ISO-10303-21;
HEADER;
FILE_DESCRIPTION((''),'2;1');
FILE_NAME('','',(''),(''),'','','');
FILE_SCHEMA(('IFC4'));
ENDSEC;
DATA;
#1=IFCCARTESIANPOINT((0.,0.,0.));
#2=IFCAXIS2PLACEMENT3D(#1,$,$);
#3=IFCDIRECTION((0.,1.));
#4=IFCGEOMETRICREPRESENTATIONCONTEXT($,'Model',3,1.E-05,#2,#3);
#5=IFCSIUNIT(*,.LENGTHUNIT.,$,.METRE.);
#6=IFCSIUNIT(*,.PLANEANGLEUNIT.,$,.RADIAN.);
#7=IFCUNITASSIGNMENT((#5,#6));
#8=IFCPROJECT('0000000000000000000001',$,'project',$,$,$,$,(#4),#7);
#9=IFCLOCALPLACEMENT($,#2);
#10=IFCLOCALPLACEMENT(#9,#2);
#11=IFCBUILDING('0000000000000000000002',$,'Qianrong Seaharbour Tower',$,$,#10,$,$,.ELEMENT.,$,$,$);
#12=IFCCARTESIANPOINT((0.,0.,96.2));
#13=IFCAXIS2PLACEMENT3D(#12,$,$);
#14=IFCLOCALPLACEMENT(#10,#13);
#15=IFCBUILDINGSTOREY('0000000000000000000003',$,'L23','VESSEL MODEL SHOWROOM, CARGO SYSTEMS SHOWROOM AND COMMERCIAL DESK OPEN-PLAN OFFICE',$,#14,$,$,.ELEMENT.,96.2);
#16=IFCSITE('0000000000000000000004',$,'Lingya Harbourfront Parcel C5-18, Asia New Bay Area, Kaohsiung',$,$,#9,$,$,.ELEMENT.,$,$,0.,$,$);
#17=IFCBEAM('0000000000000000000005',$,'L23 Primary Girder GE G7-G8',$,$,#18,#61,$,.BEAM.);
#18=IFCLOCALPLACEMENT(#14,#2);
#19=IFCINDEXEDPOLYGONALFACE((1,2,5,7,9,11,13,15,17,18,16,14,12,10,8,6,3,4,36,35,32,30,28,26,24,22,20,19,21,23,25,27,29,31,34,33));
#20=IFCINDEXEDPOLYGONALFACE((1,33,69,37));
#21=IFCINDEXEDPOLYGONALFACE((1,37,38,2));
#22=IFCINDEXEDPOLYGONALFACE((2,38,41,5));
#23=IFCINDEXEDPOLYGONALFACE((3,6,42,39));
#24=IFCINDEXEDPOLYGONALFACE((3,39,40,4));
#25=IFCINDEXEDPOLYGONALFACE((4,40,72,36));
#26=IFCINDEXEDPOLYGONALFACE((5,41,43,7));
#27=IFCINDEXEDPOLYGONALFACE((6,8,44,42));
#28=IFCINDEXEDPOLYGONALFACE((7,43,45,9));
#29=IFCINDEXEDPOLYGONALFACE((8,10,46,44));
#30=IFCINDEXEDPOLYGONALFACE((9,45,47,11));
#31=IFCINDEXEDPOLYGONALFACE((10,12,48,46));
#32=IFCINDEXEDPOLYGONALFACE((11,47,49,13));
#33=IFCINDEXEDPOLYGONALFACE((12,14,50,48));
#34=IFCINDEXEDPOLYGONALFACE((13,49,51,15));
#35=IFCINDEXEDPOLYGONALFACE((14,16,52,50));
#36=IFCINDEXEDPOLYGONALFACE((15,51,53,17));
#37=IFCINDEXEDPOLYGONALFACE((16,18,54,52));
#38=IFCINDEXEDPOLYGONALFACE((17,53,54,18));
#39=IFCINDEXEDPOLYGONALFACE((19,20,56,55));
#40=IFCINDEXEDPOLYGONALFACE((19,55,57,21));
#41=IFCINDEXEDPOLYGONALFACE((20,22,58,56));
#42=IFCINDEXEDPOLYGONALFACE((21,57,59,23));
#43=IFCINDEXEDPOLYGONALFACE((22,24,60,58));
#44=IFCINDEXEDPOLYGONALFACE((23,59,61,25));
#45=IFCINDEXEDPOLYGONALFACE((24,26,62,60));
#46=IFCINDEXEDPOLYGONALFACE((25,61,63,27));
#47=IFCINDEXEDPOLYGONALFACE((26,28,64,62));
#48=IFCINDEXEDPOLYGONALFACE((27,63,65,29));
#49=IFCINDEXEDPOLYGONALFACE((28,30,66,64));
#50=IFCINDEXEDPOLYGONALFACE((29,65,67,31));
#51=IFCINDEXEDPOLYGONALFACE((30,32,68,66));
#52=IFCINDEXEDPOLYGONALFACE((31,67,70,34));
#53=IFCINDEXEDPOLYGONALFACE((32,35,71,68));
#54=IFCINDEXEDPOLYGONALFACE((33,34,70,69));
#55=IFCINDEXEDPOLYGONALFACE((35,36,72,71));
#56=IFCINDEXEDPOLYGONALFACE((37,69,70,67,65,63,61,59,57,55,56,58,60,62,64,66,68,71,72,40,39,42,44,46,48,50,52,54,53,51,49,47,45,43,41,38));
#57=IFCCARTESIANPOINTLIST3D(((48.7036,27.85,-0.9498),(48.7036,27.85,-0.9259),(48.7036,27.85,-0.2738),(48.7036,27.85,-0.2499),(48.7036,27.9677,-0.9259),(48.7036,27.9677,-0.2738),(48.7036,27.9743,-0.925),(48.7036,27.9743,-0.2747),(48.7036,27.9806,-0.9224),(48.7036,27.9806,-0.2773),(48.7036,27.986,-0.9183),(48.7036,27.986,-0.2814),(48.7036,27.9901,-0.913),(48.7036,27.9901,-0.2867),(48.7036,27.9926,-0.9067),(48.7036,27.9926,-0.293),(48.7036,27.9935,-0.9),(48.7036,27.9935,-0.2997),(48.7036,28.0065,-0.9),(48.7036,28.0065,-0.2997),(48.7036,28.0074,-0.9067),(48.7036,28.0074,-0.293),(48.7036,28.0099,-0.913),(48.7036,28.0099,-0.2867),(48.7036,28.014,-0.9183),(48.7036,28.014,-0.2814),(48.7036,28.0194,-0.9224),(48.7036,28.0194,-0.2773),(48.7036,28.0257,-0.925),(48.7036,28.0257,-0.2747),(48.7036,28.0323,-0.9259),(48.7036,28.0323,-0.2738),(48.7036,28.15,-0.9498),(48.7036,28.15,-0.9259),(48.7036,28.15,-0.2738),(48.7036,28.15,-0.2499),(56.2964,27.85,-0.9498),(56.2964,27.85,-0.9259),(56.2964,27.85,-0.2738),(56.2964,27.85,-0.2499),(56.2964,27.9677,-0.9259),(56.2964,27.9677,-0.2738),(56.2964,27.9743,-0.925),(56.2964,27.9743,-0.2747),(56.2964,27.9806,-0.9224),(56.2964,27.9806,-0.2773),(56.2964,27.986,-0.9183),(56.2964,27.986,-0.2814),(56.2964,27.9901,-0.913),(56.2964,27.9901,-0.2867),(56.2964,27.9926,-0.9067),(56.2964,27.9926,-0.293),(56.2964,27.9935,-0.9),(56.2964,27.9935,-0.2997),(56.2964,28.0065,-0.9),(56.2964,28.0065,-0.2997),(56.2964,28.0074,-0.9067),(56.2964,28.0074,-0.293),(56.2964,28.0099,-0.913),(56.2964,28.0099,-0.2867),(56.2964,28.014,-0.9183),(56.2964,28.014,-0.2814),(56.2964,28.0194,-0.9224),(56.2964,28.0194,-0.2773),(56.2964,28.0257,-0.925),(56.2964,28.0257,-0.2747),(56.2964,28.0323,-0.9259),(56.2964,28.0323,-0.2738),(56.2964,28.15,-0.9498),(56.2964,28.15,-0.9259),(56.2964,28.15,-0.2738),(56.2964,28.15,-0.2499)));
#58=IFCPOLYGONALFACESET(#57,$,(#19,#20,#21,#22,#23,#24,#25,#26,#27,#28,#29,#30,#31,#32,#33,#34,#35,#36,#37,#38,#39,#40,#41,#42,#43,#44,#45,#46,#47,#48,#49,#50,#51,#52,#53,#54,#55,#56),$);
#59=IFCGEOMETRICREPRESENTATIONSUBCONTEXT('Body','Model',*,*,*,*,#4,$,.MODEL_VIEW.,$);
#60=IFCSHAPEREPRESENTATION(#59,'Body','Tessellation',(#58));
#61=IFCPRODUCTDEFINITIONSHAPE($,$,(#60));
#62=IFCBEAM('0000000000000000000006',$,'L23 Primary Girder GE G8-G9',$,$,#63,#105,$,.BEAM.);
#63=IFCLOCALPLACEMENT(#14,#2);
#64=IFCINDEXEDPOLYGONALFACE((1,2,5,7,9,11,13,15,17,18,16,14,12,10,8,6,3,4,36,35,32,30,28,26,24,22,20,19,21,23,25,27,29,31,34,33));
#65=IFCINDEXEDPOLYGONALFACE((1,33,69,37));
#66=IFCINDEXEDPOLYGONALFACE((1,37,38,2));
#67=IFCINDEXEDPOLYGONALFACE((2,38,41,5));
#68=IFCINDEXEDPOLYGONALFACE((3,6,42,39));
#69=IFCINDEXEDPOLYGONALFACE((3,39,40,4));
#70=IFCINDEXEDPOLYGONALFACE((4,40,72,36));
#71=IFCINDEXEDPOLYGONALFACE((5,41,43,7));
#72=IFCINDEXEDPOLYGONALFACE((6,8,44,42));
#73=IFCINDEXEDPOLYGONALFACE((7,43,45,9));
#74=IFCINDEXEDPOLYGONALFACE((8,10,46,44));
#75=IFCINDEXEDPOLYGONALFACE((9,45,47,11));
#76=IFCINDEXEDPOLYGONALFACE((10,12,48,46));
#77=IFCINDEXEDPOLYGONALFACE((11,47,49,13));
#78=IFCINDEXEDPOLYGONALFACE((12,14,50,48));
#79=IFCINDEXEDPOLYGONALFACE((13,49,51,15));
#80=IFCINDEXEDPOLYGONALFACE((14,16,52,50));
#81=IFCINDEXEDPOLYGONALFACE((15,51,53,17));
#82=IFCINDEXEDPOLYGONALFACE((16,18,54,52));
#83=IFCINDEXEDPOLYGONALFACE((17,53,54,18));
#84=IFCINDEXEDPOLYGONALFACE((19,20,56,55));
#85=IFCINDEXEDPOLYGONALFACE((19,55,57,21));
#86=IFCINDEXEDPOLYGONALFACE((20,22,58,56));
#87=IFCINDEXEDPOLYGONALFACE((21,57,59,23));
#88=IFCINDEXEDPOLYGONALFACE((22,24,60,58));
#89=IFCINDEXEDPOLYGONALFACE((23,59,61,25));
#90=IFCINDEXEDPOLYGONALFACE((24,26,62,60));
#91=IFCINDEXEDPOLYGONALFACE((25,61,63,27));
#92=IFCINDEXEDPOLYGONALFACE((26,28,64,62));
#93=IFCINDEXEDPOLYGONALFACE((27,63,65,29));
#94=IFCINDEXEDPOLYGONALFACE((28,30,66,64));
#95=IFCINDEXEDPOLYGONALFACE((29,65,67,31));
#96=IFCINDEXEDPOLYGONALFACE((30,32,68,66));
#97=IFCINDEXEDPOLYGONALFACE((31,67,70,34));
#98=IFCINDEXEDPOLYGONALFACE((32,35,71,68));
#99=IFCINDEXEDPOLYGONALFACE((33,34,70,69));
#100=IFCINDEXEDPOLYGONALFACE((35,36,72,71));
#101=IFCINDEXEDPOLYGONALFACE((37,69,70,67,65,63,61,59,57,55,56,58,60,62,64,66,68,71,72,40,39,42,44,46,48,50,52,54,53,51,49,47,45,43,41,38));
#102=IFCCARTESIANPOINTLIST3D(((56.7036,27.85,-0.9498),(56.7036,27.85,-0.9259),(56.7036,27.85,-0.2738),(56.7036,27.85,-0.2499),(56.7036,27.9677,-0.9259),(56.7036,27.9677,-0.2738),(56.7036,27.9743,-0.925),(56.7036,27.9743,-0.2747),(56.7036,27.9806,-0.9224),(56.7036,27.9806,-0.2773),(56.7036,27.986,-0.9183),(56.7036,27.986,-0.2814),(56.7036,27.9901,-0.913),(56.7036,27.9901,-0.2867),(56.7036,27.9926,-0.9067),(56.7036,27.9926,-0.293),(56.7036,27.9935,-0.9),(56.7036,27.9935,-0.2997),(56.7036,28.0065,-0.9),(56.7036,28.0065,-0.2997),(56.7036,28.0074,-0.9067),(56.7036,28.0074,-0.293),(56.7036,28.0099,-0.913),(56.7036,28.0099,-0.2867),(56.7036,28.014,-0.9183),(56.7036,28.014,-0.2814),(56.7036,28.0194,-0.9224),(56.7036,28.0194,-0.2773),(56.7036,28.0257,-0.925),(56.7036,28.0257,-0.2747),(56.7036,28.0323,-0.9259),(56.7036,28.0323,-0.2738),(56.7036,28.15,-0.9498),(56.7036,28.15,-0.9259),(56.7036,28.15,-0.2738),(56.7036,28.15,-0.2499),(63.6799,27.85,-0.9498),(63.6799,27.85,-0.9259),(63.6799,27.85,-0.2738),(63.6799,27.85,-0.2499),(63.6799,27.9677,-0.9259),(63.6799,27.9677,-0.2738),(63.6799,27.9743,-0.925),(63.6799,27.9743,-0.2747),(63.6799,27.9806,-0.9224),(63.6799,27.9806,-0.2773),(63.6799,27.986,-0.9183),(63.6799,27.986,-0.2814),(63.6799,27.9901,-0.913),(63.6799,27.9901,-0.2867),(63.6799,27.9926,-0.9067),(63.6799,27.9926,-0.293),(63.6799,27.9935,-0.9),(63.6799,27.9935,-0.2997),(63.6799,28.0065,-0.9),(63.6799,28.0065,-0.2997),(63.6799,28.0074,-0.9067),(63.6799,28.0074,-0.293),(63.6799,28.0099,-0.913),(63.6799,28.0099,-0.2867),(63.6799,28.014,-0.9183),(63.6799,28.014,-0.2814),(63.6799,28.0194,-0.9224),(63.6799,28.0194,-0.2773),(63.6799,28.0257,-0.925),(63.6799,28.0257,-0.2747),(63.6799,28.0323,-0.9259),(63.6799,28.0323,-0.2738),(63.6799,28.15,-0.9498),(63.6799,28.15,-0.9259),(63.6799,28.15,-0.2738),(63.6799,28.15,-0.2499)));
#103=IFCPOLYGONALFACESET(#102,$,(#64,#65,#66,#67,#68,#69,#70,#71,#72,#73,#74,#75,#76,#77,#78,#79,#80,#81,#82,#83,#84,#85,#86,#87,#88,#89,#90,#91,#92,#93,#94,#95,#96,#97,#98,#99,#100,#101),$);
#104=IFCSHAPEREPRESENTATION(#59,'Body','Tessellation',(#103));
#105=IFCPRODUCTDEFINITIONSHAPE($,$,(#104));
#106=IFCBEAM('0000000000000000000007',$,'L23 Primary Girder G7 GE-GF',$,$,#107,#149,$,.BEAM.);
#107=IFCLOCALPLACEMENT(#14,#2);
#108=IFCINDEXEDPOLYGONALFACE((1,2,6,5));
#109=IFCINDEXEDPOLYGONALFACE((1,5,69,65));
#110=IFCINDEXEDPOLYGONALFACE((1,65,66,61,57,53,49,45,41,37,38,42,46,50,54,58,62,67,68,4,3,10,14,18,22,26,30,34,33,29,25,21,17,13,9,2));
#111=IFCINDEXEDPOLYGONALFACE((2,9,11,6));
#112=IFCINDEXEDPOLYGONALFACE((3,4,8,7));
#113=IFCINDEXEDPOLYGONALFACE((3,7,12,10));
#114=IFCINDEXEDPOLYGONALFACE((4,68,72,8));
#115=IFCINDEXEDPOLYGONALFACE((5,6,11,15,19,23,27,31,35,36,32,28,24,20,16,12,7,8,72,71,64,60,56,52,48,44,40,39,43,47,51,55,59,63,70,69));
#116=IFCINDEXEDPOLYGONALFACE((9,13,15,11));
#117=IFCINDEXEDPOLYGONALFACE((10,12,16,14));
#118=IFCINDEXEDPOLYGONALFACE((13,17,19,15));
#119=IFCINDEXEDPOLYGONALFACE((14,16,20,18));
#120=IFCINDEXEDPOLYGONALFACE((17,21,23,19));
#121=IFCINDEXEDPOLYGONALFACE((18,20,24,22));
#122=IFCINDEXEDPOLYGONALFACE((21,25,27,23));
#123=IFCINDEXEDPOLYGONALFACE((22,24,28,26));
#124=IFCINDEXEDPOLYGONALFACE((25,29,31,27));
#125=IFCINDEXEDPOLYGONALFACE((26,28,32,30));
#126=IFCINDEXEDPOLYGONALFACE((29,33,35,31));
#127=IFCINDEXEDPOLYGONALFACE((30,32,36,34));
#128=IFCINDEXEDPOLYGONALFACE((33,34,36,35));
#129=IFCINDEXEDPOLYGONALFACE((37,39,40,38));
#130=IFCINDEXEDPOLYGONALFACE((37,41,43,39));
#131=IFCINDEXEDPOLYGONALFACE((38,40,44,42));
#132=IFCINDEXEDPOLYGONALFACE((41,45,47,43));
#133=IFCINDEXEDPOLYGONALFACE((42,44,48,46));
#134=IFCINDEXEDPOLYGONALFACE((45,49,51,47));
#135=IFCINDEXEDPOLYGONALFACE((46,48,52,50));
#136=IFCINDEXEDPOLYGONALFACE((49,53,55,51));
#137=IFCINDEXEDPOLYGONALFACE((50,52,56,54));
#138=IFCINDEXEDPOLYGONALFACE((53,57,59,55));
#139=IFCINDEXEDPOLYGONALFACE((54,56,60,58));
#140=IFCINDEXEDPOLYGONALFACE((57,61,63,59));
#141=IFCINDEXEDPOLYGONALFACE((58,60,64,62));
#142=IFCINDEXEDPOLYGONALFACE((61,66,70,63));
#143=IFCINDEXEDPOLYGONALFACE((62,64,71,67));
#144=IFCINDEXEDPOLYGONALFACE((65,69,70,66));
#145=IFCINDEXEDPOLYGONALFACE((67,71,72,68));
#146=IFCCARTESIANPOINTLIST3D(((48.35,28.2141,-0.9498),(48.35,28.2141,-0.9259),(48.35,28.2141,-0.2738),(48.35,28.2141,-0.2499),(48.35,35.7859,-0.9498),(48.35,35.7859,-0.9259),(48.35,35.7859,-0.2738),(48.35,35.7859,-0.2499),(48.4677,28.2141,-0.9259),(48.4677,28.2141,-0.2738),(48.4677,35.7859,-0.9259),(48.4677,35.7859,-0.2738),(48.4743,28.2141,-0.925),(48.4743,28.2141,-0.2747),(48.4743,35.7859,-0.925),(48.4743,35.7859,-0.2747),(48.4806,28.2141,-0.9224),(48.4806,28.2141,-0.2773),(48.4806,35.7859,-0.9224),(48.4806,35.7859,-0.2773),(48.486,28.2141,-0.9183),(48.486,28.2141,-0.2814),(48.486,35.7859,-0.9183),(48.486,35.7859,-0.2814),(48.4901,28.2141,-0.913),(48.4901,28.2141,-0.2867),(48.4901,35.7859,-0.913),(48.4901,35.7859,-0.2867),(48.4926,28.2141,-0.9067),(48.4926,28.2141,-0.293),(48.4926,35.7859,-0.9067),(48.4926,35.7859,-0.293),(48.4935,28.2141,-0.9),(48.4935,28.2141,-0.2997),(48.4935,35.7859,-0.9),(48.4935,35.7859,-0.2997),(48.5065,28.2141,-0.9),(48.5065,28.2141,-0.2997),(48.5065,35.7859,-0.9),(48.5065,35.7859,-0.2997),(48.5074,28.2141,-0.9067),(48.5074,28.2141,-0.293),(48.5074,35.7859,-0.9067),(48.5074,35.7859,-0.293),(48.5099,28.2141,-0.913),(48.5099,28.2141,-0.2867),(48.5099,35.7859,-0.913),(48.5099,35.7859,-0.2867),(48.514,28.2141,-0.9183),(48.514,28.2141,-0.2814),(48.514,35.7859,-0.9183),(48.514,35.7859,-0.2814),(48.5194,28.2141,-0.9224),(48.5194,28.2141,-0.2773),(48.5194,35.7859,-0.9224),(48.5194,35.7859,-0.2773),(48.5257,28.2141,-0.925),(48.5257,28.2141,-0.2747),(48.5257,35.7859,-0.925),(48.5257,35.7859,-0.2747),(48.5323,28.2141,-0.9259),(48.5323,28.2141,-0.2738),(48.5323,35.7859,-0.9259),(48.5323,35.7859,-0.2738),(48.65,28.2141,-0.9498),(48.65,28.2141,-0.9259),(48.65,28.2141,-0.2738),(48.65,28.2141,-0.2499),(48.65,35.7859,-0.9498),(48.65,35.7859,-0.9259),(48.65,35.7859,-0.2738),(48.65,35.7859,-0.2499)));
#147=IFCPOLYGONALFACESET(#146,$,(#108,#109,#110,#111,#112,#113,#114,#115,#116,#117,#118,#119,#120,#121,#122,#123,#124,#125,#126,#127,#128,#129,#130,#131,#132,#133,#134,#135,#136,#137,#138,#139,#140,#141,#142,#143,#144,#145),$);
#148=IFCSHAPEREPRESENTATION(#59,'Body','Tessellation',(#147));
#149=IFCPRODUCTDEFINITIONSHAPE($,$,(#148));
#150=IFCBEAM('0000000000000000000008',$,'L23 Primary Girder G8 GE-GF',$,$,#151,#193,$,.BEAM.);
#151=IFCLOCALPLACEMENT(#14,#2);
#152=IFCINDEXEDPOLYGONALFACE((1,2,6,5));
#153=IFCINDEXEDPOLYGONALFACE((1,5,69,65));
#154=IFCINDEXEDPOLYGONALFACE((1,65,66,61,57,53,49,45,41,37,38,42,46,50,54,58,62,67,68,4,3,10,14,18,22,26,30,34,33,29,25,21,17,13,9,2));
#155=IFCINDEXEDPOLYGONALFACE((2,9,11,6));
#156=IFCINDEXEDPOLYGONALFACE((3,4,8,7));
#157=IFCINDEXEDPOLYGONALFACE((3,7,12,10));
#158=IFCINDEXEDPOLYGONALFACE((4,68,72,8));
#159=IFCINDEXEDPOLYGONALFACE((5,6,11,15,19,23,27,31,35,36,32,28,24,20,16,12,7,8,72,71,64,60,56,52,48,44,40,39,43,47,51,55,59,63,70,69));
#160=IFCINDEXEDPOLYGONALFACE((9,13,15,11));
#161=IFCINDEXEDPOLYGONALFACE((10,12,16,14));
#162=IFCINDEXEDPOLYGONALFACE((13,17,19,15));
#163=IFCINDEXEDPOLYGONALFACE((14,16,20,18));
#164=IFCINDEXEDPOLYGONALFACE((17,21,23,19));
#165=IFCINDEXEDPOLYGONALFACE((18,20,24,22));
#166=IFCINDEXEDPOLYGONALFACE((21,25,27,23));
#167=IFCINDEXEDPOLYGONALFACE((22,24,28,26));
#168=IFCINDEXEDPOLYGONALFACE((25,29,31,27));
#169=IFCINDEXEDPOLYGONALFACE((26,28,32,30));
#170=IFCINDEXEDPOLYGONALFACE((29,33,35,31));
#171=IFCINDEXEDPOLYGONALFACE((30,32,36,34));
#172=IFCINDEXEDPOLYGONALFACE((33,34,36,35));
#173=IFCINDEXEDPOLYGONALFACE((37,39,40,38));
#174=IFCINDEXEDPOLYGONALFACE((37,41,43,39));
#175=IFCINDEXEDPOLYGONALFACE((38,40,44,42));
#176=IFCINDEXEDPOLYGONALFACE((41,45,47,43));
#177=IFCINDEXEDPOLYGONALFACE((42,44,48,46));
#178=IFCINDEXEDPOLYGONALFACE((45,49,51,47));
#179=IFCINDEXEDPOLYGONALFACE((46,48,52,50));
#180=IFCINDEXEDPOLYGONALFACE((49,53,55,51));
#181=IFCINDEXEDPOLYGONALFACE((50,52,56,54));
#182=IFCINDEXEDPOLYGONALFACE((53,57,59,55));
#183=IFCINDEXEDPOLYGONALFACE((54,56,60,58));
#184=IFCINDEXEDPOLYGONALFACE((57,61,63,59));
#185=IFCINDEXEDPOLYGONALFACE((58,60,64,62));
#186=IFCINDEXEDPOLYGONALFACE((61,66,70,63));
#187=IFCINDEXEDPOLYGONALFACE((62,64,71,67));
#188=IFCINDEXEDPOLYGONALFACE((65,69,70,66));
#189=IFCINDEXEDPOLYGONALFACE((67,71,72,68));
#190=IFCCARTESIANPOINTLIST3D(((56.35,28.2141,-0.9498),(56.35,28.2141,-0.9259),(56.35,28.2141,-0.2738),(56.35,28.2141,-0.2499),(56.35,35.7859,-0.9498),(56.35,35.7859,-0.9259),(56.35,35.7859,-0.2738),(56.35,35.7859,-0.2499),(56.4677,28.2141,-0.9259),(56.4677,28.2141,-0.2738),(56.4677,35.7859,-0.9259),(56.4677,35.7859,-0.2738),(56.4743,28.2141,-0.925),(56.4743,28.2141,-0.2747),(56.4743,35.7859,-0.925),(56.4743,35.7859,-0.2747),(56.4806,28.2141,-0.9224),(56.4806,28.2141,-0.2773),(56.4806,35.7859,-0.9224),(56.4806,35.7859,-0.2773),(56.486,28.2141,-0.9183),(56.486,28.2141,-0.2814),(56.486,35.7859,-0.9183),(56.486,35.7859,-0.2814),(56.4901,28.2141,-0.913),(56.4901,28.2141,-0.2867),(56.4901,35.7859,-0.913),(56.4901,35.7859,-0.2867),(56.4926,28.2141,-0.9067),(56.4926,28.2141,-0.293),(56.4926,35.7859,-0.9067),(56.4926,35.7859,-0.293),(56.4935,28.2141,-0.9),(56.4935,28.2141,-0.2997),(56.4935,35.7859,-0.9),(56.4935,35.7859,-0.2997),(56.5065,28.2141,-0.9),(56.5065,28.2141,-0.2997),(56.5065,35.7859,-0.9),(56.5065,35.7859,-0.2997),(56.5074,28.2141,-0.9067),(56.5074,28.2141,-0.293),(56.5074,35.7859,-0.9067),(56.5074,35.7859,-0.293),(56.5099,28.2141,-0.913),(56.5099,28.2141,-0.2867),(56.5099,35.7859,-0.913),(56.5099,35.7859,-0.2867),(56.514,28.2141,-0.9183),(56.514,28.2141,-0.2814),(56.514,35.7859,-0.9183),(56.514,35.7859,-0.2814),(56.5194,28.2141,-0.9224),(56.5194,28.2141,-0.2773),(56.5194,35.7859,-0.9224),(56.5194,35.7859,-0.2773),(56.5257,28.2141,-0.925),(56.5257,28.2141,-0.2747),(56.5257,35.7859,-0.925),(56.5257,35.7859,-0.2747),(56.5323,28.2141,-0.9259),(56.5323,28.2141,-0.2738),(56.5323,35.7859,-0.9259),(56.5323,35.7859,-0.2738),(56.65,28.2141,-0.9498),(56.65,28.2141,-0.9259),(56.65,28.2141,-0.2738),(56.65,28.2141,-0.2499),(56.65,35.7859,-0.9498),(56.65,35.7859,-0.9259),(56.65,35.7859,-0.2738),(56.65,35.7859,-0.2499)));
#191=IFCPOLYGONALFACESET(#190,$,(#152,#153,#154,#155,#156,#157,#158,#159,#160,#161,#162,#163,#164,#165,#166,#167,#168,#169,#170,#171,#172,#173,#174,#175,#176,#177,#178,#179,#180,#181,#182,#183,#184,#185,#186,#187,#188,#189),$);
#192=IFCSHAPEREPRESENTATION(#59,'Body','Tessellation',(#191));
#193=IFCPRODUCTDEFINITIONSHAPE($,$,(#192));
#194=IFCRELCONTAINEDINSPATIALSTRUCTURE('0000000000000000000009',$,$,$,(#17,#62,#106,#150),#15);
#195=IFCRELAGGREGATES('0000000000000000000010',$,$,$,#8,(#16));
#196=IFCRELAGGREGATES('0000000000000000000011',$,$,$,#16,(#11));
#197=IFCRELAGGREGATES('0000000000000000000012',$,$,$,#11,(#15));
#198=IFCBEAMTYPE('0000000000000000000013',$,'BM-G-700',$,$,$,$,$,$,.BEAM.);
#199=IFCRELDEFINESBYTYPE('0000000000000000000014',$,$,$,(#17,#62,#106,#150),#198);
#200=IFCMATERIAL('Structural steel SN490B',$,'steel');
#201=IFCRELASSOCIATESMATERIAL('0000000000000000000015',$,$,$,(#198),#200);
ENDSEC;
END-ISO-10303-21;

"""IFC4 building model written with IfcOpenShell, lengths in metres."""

from ifc_helpers import new_model, si_unit, direction, frame, origin, origin_2d, place, context, subcontext, project, spatial, i_section, extrude, material, material_profile, profile_set, type_object, element, save


model = new_model("IFC4")

# Units and contexts
model_context = context("Model", 3, precision=1e-05, world=origin(), true_north=direction((0.0, 1.0)))
body_context = subcontext(model_context, "Body", "Model", "MODEL_VIEW")
ifc_project = project(units=[si_unit("LENGTHUNIT", "METRE"), si_unit("PLANEANGLEUNIT", "RADIAN")], contexts=[model_context])

# Site, building, storey
site_placement = place(None, origin())
site = spatial("IfcSite", under=ifc_project, at=site_placement, Name="Lingya Harbourfront Parcel C5-18, Asia New Bay Area, Kaohsiung", CompositionType="ELEMENT", RefElevation=0.0)
building_placement = place(site_placement, origin())
building = spatial("IfcBuilding", under=site, at=building_placement, Name="Qianrong Seaharbour Tower", CompositionType="ELEMENT")
storey_placement = place(building_placement, frame((0.0, 0.0, 96.2)))
storey = spatial("IfcBuildingStorey", under=building, at=storey_placement, Name="L23", Description="VESSEL MODEL SHOWROOM, CARGO SYSTEMS SHOWROOM AND COMMERCIAL DESK OPEN-PLAN OFFICE", CompositionType="ELEMENT", Elevation=96.2)

# Shared definitions
ifc_material_1 = material(Name="Structural steel SN490B", Category="steel")

# Beams
ifc_material_profile_1 = material_profile(ifc_material_1, i_section(OverallWidth=0.3, OverallDepth=0.7, WebThickness=0.0129, FlangeThickness=0.0239, FilletRadius=0.0259, at=origin_2d()), Name="H700x300x13x24")
ifc_profile_set_1 = profile_set([ifc_material_profile_1], Name="Structural steel SN490B")
beam_type_1 = type_object("IfcBeamType", Name="BM-G-700", PredefinedType="BEAM", material=ifc_profile_set_1)
beam_1_placement = place(storey_placement, frame((48.7036, 28.0, -0.5999), z_axis=(1.0, 0.0, 0.0), x_axis=(0.0, 1.0, 0.0)))
element("IfcBeam", 1, at=beam_1_placement, inside=storey, type_object=beam_type_1, Name="L23 Primary Girder GE G7-G8", PredefinedType="BEAM", context=body_context, shape_type="SweptSolid", body=[
    extrude(i_section(OverallWidth=0.3, OverallDepth=0.7, WebThickness=0.0129, FlangeThickness=0.0239, FilletRadius=0.0259, at=origin_2d()), origin(), (0.0, 0.0, 1.0), 7.5928),
])
beam_2_placement = place(storey_placement, frame((56.7036, 28.0, -0.5999), z_axis=(1.0, 0.0, 0.0), x_axis=(0.0, 1.0, 0.0)))
element("IfcBeam", 2, at=beam_2_placement, inside=storey, type_object=beam_type_1, Name="L23 Primary Girder GE G8-G9", PredefinedType="BEAM", context=body_context, shape_type="SweptSolid", body=[
    extrude(i_section(OverallWidth=0.3, OverallDepth=0.7, WebThickness=0.0129, FlangeThickness=0.0239, FilletRadius=0.0259, at=origin_2d()), origin(), (0.0, 0.0, 1.0), 6.9763),
])
for number, where, z_axis, x_axis, name in (
    (3, (48.5, 28.2141, -0.5999), (0.0, 1.0, 0.0), (-1.0, 0.0, 0.0), "L23 Primary Girder G7 GE-GF"),
    (4, (56.5, 28.2141, -0.5999), (0.0, 1.0, 0.0), (-1.0, 0.0, 0.0), "L23 Primary Girder G8 GE-GF"),
):
    element("IfcBeam", number, at=place(storey_placement, frame(where, z_axis=z_axis, x_axis=x_axis)), inside=storey, type_object=beam_type_1, Name=name, PredefinedType="BEAM", context=body_context, shape_type="SweptSolid", body=[
        extrude(i_section(OverallWidth=0.3, OverallDepth=0.7, WebThickness=0.0129, FlangeThickness=0.0239, FilletRadius=0.0259, at=origin_2d()), origin(), (0.0, 0.0, 1.0), 7.5718),
    ])

save(model, "model.ifc")
